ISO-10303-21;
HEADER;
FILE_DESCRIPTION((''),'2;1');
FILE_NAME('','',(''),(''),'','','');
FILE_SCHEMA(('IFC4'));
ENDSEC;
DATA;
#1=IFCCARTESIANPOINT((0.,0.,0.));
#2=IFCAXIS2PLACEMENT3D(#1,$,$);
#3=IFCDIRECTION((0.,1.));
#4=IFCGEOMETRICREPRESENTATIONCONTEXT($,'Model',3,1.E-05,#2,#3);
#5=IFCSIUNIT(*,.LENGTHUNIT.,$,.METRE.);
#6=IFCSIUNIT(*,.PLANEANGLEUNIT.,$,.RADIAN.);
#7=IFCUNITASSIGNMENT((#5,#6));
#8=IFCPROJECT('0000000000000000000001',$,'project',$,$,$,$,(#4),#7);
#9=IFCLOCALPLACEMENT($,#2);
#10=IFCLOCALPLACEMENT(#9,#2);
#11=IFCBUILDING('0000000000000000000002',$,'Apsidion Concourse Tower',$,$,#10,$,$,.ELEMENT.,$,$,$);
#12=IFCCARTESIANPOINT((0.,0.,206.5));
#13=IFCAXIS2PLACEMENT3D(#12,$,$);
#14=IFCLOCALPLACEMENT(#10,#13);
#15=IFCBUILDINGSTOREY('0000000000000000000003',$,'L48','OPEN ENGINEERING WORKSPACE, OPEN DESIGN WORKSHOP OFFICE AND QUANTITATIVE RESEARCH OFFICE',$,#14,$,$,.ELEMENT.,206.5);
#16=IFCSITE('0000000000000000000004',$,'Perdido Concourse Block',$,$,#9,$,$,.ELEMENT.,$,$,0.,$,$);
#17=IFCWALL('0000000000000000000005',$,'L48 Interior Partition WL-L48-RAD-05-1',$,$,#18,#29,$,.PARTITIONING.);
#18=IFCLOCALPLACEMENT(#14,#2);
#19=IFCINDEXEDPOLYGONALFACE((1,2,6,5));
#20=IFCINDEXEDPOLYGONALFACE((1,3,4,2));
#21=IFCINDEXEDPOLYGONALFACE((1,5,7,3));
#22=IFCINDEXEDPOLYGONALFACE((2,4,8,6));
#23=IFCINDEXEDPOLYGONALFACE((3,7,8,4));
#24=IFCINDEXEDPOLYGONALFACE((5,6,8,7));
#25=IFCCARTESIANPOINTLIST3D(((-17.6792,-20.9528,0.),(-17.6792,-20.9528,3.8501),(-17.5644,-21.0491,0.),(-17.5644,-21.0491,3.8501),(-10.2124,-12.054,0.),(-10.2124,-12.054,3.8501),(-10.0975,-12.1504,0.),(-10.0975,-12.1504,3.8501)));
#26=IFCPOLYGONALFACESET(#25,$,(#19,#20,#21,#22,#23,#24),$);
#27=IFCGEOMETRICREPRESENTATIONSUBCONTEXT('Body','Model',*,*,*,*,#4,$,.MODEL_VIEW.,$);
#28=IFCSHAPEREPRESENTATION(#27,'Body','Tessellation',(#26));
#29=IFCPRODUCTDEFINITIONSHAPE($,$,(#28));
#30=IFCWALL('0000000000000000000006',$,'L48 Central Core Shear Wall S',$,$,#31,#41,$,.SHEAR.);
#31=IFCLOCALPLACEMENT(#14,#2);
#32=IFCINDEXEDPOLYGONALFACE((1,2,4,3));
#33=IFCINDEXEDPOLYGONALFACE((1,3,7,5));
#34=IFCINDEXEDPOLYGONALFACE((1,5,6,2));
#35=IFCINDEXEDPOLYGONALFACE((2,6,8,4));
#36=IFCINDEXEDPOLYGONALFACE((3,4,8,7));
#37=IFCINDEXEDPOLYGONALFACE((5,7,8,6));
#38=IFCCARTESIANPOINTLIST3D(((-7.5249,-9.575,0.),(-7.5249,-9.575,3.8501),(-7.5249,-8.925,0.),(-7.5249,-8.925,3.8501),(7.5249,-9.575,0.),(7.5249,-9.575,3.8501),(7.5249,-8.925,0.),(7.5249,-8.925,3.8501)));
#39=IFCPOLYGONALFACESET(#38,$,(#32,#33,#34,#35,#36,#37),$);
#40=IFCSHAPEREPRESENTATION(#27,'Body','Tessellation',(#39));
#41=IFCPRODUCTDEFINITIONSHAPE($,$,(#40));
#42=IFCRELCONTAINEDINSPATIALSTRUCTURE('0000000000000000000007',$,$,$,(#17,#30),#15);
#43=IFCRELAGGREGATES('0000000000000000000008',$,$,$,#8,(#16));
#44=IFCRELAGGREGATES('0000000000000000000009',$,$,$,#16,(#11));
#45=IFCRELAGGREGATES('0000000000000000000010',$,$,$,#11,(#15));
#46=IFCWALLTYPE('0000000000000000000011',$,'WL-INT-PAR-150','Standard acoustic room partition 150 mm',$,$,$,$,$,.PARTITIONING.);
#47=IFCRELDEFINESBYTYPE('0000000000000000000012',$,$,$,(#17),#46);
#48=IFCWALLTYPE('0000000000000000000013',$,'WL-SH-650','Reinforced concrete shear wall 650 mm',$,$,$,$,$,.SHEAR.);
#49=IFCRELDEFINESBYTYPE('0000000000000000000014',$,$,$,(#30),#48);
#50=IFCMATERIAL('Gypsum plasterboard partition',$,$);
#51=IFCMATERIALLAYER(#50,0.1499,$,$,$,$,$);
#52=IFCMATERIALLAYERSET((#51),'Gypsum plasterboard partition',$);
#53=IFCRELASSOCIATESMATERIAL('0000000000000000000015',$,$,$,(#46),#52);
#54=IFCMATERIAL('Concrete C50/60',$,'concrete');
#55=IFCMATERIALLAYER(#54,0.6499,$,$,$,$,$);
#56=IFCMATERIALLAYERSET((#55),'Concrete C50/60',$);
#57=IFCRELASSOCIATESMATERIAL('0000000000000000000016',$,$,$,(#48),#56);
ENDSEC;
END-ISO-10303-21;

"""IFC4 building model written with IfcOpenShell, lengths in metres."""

from ifc_helpers import new_model, si_unit, direction, frame, frame_2d, origin, place, context, subcontext, project, spatial, rectangle, extrude, material, layer, layer_set, type_object, element, save


model = new_model("IFC4")

# Units and contexts
model_context = context("Model", 3, precision=1e-05, world=origin(), true_north=direction((0.0, 1.0)))
body_context = subcontext(model_context, "Body", "Model", "MODEL_VIEW")
ifc_project = project(units=[si_unit("LENGTHUNIT", "METRE"), si_unit("PLANEANGLEUNIT", "RADIAN")], contexts=[model_context])

# Site, building, storey
site_placement = place(None, origin())
site = spatial("IfcSite", under=ifc_project, at=site_placement, Name="Perdido Concourse Block", CompositionType="ELEMENT", RefElevation=0.0)
building_placement = place(site_placement, origin())
building = spatial("IfcBuilding", under=site, at=building_placement, Name="Apsidion Concourse Tower", CompositionType="ELEMENT")
storey_placement = place(building_placement, frame((0.0, 0.0, 206.5)))
storey = spatial("IfcBuildingStorey", under=building, at=storey_placement, Name="L48", Description="OPEN ENGINEERING WORKSPACE, OPEN DESIGN WORKSHOP OFFICE AND QUANTITATIVE RESEARCH OFFICE", CompositionType="ELEMENT", Elevation=206.5)

# Shared definitions
ifc_material_1 = material(Name="Concrete C50/60", Category="concrete")

# Shared definitions
ifc_material_2 = material(Name="Gypsum plasterboard partition")
ifc_layer_1 = layer(ifc_material_2, 0.1499)
ifc_layer_set_1 = layer_set([ifc_layer_1], Name="Gypsum plasterboard partition")
wall_type_1 = type_object("IfcWallType", Name="WL-INT-PAR-150", Description="Standard acoustic room partition 150 mm", PredefinedType="PARTITIONING", material=ifc_layer_set_1)

# Wall
wall_1_placement = place(storey_placement, frame((-10.155, -12.1023, 0.0), z_axis=(0.0, 0.0, 1.0), x_axis=(-0.642783, -0.766048, 0.0)))
element("IfcWall", 1, at=wall_1_placement, inside=storey, type_object=wall_type_1, Name="L48 Interior Partition WL-L48-RAD-05-1", PredefinedType="PARTITIONING", context=body_context, shape_type="SweptSolid", body=[
    extrude(rectangle(XDim=11.6165, YDim=0.1499, at=frame_2d((5.8081, 0.0))), origin(), (0.0, 0.0, 1.0), 3.8501),
])

# Shared definitions
ifc_layer_2 = layer(ifc_material_1, 0.6499)
ifc_layer_set_2 = layer_set([ifc_layer_2], Name="Concrete C50/60")
wall_type_2 = type_object("IfcWallType", Name="WL-SH-650", Description="Reinforced concrete shear wall 650 mm", PredefinedType="SHEAR", material=ifc_layer_set_2)

# Wall
wall_2_placement = place(storey_placement, frame((-7.5249, -9.25, 0.0), z_axis=(0.0, 0.0, 1.0), x_axis=(1.0, 0.0, 0.0)))
element("IfcWall", 2, at=wall_2_placement, inside=storey, type_object=wall_type_2, Name="L48 Central Core Shear Wall S", PredefinedType="SHEAR", context=body_context, shape_type="SweptSolid", body=[
    extrude(rectangle(XDim=15.0498, YDim=0.6499, at=frame_2d((7.5249, 0.0))), origin(), (0.0, 0.0, 1.0), 3.8501),
])

save(model, "model.ifc")
